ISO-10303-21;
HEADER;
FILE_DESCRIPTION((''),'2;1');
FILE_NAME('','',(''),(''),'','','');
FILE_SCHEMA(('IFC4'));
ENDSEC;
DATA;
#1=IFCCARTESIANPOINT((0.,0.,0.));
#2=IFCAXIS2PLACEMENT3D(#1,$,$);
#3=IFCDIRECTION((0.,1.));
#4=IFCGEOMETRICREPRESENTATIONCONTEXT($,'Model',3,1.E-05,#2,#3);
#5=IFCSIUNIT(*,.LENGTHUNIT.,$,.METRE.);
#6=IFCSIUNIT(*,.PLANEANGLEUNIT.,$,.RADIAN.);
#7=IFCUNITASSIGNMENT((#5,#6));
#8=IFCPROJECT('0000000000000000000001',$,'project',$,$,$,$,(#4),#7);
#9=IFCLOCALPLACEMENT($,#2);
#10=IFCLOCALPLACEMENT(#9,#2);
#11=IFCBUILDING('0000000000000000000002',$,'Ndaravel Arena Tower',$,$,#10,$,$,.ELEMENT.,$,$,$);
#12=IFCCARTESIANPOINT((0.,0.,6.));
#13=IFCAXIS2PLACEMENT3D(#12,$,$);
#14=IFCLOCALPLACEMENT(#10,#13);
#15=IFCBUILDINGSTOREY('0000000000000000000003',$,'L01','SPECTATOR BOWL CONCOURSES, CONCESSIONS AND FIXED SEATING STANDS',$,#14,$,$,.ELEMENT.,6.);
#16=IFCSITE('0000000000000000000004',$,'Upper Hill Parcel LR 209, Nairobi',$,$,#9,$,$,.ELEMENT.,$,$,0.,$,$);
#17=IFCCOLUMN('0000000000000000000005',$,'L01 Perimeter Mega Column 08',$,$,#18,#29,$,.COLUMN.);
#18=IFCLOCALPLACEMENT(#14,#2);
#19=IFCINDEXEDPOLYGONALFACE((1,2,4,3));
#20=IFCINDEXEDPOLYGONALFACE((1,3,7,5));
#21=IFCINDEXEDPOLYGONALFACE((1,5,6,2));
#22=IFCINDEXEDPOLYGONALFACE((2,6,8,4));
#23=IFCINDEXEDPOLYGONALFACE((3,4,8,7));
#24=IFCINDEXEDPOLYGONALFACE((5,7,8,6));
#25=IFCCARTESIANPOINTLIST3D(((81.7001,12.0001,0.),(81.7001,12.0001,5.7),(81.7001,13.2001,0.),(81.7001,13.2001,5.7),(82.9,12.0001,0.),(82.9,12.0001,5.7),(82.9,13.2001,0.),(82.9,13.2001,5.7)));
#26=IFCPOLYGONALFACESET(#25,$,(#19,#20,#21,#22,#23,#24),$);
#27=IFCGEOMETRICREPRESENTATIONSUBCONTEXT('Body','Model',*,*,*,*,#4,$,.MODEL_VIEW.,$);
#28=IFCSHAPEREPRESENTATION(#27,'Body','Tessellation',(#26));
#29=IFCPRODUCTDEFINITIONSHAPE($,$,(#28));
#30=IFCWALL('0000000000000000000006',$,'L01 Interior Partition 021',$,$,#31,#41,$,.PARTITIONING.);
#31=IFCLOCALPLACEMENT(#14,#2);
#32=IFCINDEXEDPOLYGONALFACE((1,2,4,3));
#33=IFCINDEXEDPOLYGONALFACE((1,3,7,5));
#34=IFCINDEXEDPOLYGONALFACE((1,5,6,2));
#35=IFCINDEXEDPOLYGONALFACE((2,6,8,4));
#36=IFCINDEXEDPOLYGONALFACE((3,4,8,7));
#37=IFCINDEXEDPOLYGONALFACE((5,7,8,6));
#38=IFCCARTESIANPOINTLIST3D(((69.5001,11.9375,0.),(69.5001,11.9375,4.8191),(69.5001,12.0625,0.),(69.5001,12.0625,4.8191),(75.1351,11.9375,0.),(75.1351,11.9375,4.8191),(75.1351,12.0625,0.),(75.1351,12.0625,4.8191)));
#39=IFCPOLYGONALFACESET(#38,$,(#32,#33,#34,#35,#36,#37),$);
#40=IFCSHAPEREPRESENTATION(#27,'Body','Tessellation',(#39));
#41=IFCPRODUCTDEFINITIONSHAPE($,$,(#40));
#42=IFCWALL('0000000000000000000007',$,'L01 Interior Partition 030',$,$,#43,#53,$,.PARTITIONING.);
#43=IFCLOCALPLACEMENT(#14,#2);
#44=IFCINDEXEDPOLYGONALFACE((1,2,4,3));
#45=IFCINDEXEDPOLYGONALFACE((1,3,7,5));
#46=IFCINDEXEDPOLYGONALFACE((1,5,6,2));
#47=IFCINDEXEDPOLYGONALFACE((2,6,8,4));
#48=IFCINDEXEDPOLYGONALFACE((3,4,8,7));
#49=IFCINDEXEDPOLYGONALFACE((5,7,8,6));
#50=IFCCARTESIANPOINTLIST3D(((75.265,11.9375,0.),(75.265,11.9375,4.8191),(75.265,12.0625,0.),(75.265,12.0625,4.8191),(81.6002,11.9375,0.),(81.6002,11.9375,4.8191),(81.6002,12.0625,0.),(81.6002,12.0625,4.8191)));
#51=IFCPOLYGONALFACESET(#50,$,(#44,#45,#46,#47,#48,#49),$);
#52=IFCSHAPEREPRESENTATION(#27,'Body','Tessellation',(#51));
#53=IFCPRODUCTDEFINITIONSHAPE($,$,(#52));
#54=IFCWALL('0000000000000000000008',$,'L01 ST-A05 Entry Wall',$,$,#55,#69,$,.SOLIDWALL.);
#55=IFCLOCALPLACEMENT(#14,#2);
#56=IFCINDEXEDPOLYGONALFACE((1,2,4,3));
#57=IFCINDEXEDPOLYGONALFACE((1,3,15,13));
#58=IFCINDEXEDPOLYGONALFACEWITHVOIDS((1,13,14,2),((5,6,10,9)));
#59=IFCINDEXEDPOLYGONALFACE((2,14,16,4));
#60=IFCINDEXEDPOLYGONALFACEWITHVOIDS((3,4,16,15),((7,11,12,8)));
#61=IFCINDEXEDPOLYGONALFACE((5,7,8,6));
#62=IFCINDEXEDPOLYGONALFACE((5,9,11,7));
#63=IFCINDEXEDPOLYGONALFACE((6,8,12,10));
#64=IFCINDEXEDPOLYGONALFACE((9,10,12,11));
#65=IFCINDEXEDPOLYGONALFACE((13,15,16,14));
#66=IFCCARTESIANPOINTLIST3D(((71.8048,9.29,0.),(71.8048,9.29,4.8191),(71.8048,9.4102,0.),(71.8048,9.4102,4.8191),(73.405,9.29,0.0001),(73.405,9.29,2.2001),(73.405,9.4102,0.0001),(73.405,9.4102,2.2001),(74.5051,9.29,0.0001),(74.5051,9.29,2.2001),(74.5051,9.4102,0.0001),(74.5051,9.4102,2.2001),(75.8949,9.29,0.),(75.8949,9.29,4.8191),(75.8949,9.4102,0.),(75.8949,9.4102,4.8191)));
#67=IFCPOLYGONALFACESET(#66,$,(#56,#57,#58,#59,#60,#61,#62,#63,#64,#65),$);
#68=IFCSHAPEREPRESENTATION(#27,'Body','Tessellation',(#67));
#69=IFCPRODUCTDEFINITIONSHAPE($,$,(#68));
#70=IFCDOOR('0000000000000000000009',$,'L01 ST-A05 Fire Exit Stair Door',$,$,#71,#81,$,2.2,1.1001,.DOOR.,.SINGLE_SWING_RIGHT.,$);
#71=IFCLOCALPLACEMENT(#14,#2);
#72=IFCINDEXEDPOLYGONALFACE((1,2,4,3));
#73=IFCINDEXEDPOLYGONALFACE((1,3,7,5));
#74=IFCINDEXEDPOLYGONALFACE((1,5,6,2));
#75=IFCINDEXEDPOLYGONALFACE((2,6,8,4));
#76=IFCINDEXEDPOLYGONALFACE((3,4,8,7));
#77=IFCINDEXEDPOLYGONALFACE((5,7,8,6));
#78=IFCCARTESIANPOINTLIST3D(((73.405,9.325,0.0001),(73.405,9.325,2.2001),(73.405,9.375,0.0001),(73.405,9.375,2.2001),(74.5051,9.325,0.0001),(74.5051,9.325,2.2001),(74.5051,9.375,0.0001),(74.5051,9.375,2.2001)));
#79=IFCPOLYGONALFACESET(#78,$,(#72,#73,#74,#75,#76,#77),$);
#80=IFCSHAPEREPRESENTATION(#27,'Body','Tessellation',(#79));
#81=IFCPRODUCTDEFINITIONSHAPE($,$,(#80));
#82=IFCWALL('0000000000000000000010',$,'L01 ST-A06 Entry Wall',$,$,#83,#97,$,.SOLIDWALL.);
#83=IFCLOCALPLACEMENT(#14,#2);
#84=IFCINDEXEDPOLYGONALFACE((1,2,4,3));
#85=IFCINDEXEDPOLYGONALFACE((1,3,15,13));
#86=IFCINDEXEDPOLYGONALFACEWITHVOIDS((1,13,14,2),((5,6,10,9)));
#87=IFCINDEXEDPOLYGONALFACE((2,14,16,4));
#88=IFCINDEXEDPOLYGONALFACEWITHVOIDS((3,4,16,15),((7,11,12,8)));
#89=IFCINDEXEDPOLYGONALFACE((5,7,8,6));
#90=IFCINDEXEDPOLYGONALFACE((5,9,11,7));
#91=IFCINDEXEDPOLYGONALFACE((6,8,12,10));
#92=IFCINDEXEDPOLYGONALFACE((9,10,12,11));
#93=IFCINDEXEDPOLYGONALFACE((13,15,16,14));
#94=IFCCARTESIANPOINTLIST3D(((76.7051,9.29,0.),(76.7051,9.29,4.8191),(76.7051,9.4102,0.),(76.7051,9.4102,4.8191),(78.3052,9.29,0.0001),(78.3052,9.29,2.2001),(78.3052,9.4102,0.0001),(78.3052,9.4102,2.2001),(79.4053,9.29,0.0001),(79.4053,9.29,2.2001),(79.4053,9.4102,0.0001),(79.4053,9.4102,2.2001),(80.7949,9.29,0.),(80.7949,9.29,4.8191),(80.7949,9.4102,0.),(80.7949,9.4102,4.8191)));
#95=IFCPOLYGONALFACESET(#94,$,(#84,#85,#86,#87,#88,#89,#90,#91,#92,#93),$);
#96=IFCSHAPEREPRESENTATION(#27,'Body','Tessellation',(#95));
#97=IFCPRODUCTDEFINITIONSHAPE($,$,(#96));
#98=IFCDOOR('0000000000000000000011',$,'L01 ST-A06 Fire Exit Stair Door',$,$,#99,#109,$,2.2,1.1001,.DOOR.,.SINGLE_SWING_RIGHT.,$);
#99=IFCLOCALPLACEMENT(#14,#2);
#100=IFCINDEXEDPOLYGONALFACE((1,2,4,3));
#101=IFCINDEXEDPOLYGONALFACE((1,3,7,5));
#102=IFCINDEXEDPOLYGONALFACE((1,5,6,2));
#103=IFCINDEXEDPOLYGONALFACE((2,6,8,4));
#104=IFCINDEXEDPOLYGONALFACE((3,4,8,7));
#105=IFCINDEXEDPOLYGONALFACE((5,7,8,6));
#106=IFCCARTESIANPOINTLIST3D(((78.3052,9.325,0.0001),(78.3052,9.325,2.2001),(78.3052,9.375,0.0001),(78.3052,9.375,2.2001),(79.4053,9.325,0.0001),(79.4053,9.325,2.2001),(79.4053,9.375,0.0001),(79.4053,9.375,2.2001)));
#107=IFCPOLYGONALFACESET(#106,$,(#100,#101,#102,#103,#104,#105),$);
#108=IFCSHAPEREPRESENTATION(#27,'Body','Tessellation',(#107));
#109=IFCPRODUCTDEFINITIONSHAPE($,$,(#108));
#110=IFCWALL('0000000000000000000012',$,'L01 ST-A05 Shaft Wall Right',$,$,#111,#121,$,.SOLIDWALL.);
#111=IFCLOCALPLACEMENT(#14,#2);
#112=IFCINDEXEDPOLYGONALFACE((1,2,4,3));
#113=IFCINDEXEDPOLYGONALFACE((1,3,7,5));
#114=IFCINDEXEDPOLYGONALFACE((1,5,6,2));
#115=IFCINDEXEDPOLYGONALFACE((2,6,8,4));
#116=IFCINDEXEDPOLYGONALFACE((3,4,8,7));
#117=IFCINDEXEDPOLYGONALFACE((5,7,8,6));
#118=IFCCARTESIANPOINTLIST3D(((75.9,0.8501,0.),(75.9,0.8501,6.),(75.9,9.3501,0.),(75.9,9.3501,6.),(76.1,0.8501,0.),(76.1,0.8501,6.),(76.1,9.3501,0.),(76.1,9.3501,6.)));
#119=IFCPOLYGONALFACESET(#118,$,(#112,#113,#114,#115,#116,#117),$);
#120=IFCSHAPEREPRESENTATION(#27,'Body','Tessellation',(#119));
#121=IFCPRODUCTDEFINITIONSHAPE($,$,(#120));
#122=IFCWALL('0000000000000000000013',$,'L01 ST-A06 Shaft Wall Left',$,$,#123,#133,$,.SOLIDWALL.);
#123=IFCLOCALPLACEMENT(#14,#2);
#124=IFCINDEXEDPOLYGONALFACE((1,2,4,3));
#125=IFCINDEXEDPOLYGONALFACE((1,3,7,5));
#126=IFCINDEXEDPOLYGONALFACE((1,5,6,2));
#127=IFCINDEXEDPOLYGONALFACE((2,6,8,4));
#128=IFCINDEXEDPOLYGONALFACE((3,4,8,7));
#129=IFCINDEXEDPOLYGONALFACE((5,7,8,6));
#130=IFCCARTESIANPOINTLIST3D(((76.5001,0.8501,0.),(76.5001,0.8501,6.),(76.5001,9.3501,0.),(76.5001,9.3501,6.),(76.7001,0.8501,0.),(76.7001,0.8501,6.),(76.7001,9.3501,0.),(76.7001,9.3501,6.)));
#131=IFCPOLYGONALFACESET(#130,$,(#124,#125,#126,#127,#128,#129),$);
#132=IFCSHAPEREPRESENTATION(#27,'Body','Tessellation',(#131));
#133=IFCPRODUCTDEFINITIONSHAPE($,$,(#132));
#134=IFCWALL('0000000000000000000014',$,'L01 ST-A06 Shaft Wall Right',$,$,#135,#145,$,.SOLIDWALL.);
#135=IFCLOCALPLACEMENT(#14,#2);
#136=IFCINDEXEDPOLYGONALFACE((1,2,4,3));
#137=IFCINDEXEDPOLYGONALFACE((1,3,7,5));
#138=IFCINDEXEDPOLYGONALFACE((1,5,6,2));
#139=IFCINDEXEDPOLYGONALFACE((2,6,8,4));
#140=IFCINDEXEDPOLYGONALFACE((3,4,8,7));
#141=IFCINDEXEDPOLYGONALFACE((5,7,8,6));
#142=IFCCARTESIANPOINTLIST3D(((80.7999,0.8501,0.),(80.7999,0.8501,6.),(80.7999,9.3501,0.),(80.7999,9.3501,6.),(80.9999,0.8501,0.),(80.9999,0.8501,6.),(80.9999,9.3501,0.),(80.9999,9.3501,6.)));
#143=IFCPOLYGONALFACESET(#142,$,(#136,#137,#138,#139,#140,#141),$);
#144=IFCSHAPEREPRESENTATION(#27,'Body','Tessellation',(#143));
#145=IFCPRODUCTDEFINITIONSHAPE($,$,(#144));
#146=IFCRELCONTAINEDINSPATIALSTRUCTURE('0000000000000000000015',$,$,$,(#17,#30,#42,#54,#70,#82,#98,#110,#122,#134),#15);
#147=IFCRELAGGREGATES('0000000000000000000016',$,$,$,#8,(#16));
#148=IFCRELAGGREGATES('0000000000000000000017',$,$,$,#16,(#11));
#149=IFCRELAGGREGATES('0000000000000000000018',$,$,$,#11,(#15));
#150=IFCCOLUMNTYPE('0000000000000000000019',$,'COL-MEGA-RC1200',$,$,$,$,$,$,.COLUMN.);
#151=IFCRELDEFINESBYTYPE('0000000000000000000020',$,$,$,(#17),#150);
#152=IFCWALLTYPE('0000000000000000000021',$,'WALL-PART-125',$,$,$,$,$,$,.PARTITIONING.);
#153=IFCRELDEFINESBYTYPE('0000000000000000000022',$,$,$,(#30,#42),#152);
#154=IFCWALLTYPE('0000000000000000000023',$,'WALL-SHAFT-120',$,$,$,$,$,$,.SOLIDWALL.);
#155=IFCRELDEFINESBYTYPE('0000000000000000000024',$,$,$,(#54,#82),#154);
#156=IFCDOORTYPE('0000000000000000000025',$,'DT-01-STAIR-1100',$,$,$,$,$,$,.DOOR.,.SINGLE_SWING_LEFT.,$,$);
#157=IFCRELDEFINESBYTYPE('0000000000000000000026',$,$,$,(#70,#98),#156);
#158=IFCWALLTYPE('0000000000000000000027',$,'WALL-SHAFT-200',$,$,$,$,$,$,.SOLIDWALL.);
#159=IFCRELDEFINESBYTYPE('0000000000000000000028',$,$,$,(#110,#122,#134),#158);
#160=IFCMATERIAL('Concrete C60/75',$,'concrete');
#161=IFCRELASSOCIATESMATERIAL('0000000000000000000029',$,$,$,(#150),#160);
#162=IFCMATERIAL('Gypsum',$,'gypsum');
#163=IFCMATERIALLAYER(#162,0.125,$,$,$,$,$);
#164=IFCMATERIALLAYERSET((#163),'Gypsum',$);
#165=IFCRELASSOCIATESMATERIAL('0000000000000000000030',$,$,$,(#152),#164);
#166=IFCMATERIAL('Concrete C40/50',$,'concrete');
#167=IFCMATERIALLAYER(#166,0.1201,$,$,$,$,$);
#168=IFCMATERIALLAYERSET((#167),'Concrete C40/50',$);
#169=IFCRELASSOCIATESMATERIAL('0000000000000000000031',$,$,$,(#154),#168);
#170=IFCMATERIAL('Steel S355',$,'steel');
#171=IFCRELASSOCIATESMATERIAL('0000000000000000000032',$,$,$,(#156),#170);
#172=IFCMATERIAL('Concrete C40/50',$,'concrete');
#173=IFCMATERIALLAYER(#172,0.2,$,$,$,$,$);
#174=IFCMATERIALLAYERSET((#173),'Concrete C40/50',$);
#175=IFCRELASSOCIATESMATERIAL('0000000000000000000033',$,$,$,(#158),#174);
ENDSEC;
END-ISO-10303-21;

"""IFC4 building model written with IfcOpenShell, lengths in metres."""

from ifc_helpers import new_model, si_unit, direction, frame, frame_2d, origin, origin_2d, place, context, subcontext, project, spatial, rectangle, extrude, material, layer, layer_set, material_profile, profile_set, type_object, element, fill, save


model = new_model("IFC4")

# Units and contexts
model_context = context("Model", 3, precision=1e-05, world=origin(), true_north=direction((0.0, 1.0)))
body_context = subcontext(model_context, "Body", "Model", "MODEL_VIEW")
ifc_project = project(units=[si_unit("LENGTHUNIT", "METRE"), si_unit("PLANEANGLEUNIT", "RADIAN")], contexts=[model_context])

# Site, building, storey
site_placement = place(None, origin())
site = spatial("IfcSite", under=ifc_project, at=site_placement, Name="Upper Hill Parcel LR 209, Nairobi", CompositionType="ELEMENT", RefElevation=0.0)
building_placement = place(site_placement, origin())
building = spatial("IfcBuilding", under=site, at=building_placement, Name="Ndaravel Arena Tower", CompositionType="ELEMENT")
storey_placement = place(building_placement, frame((0.0, 0.0, 6.0)))
storey = spatial("IfcBuildingStorey", under=building, at=storey_placement, Name="L01", Description="SPECTATOR BOWL CONCOURSES, CONCESSIONS AND FIXED SEATING STANDS", CompositionType="ELEMENT", Elevation=6.0)

# Column
ifc_material_1 = material(Name="Concrete C60/75", Category="concrete")
ifc_material_profile = material_profile(ifc_material_1, rectangle(XDim=1.2, YDim=1.2, at=origin_2d()), Name="RC 1200x1200")
ifc_profile_set = profile_set([ifc_material_profile], Name="Concrete C60/75")
column_type = type_object("IfcColumnType", Name="COL-MEGA-RC1200", PredefinedType="COLUMN", material=ifc_profile_set)
column_placement = place(storey_placement, frame((82.3, 12.6001, 0.0), z_axis=(0.0, 0.0, 1.0), x_axis=(1.0, 0.0, 0.0)))
element("IfcColumn", 1, at=column_placement, inside=storey, type_object=column_type, Name="L01 Perimeter Mega Column 08", PredefinedType="COLUMN", context=body_context, shape_type="SweptSolid", body=[
    extrude(rectangle(XDim=1.2, YDim=1.2, at=origin_2d()), origin(), (0.0, 0.0, 1.0), 5.7),
])

# Walls
ifc_material_2 = material(Name="Gypsum", Category="gypsum")
ifc_layer_1 = layer(ifc_material_2, 0.125)
ifc_layer_set_1 = layer_set([ifc_layer_1], Name="Gypsum")
wall_type_1 = type_object("IfcWallType", Name="WALL-PART-125", PredefinedType="PARTITIONING", material=ifc_layer_set_1)
wall_1_placement = place(storey_placement, frame((75.135, 12.0, 0.0), z_axis=(0.0, 0.0, 1.0), x_axis=(-1.0, 0.0, 0.0)))
element("IfcWall", 2, at=wall_1_placement, inside=storey, type_object=wall_type_1, Name="L01 Interior Partition 021", PredefinedType="PARTITIONING", context=body_context, shape_type="SweptSolid", body=[
    extrude(rectangle(XDim=5.635, YDim=0.125, at=frame_2d((2.8174, 0.0))), origin(), (0.0, 0.0, 1.0), 4.8191),
])
wall_2_placement = place(storey_placement, frame((81.6001, 12.0, 0.0), z_axis=(0.0, 0.0, 1.0), x_axis=(-1.0, 0.0, 0.0)))
element("IfcWall", 3, at=wall_2_placement, inside=storey, type_object=wall_type_1, Name="L01 Interior Partition 030", PredefinedType="PARTITIONING", context=body_context, shape_type="SweptSolid", body=[
    extrude(rectangle(XDim=6.3352, YDim=0.125, at=frame_2d((3.1675, 0.0))), origin(), (0.0, 0.0, 1.0), 4.8191),
])

# Walls, openings, doors
ifc_material_3 = material(Name="Concrete C40/50", Category="concrete")
ifc_layer_2 = layer(ifc_material_3, 0.1201)
ifc_layer_set_2 = layer_set([ifc_layer_2], Name="Concrete C40/50")
wall_type_2 = type_object("IfcWallType", Name="WALL-SHAFT-120", PredefinedType="SOLIDWALL", material=ifc_layer_set_2)
wall_3_placement = place(storey_placement, frame((71.8049, 9.3501, 0.0), z_axis=(0.0, 0.0, 1.0), x_axis=(1.0, 0.0, 0.0)))
wall_3 = element("IfcWall", 4, at=wall_3_placement, inside=storey, type_object=wall_type_2, Name="L01 ST-A05 Entry Wall", PredefinedType="SOLIDWALL", context=body_context, shape_type="SweptSolid", body=[
    extrude(rectangle(XDim=4.0901, YDim=0.1201, at=frame_2d((2.0449, 0.0))), origin(), (0.0, 0.0, 1.0), 4.8191),
])
opening_1_placement = place(wall_3_placement, frame((1.6001, 0.0, 0.0)))
opening_1 = element("IfcOpeningElement", 5, at=opening_1_placement, cuts=wall_3, PredefinedType="OPENING", context=body_context, shape_type="SweptSolid", body=[
    extrude(rectangle(XDim=1.1001, YDim=2.2, at=frame_2d((0.55, 1.1001))), frame((0.0, 0.0601, 0.0), z_axis=(0.0, -1.0, 0.0), x_axis=(1.0, 0.0, 0.0)), (0.0, 0.0, 1.0), 0.1201),
])
ifc_material_4 = material(Name="Steel S355", Category="steel")
door_type = type_object("IfcDoorType", Name="DT-01-STAIR-1100", OperationType="SINGLE_SWING_LEFT", PredefinedType="DOOR", material=ifc_material_4)
door_1_placement = place(opening_1_placement, origin())
door_1 = element("IfcDoor", 6, at=door_1_placement, inside=storey, type_object=door_type, Name="L01 ST-A05 Fire Exit Stair Door", OperationType="SINGLE_SWING_RIGHT", OverallHeight=2.2, OverallWidth=1.1001, PredefinedType="DOOR", context=body_context, shape_type="SweptSolid", body=[
    extrude(rectangle(XDim=1.1001, YDim=2.2, at=frame_2d((0.55, 1.1001))), frame((0.0, 0.0249, 0.0), z_axis=(0.0, -1.0, 0.0), x_axis=(1.0, 0.0, 0.0)), (0.0, 0.0, 1.0), 0.05),
])
fill(opening_1, door_1)
wall_4_placement = place(storey_placement, frame((76.7051, 9.3501, 0.0), z_axis=(0.0, 0.0, 1.0), x_axis=(1.0, 0.0, 0.0)))
wall_4 = element("IfcWall", 7, at=wall_4_placement, inside=storey, type_object=wall_type_2, Name="L01 ST-A06 Entry Wall", PredefinedType="SOLIDWALL", context=body_context, shape_type="SweptSolid", body=[
    extrude(rectangle(XDim=4.0898, YDim=0.1201, at=frame_2d((2.0449, 0.0))), origin(), (0.0, 0.0, 1.0), 4.8191),
])
opening_2_placement = place(wall_4_placement, frame((1.6001, 0.0, 0.0)))
opening_2 = element("IfcOpeningElement", 8, at=opening_2_placement, cuts=wall_4, PredefinedType="OPENING", context=body_context, shape_type="SweptSolid", body=[
    extrude(rectangle(XDim=1.1001, YDim=2.2, at=frame_2d((0.55, 1.1001))), frame((0.0, 0.0601, 0.0), z_axis=(0.0, -1.0, 0.0), x_axis=(1.0, 0.0, 0.0)), (0.0, 0.0, 1.0), 0.1201),
])
door_2_placement = place(opening_2_placement, origin())
door_2 = element("IfcDoor", 9, at=door_2_placement, inside=storey, type_object=door_type, Name="L01 ST-A06 Fire Exit Stair Door", OperationType="SINGLE_SWING_RIGHT", OverallHeight=2.2, OverallWidth=1.1001, PredefinedType="DOOR", context=body_context, shape_type="SweptSolid", body=[
    extrude(rectangle(XDim=1.1001, YDim=2.2, at=frame_2d((0.55, 1.1001))), frame((0.0, 0.0249, 0.0), z_axis=(0.0, -1.0, 0.0), x_axis=(1.0, 0.0, 0.0)), (0.0, 0.0, 1.0), 0.05),
])
fill(opening_2, door_2)

# Walls
ifc_material_5 = material(Name="Concrete C40/50", Category="concrete")
ifc_layer_3 = layer(ifc_material_5, 0.2)
ifc_layer_set_3 = layer_set([ifc_layer_3], Name="Concrete C40/50")
wall_type_3 = type_object("IfcWallType", Name="WALL-SHAFT-200", PredefinedType="SOLIDWALL", material=ifc_layer_set_3)
for number, where, z_axis, x_axis, name in (
    (10, (76.0, 9.3501, 0.0), (0.0, 0.0, 1.0), (0.0, -1.0, 0.0), "L01 ST-A05 Shaft Wall Right"),
    (11, (76.6001, 9.3501, 0.0), (0.0, 0.0, 1.0), (0.0, -1.0, 0.0), "L01 ST-A06 Shaft Wall Left"),
    (12, (80.8999, 9.3501, 0.0), (0.0, 0.0, 1.0), (0.0, -1.0, 0.0), "L01 ST-A06 Shaft Wall Right"),
):
    element("IfcWall", number, at=place(storey_placement, frame(where, z_axis=z_axis, x_axis=x_axis)), inside=storey, type_object=wall_type_3, Name=name, PredefinedType="SOLIDWALL", context=body_context, shape_type="SweptSolid", body=[
        extrude(rectangle(XDim=8.5, YDim=0.2, at=frame_2d((4.25, 0.0))), origin(), (0.0, 0.0, 1.0), 6.0),
    ])

save(model, "model.ifc")
